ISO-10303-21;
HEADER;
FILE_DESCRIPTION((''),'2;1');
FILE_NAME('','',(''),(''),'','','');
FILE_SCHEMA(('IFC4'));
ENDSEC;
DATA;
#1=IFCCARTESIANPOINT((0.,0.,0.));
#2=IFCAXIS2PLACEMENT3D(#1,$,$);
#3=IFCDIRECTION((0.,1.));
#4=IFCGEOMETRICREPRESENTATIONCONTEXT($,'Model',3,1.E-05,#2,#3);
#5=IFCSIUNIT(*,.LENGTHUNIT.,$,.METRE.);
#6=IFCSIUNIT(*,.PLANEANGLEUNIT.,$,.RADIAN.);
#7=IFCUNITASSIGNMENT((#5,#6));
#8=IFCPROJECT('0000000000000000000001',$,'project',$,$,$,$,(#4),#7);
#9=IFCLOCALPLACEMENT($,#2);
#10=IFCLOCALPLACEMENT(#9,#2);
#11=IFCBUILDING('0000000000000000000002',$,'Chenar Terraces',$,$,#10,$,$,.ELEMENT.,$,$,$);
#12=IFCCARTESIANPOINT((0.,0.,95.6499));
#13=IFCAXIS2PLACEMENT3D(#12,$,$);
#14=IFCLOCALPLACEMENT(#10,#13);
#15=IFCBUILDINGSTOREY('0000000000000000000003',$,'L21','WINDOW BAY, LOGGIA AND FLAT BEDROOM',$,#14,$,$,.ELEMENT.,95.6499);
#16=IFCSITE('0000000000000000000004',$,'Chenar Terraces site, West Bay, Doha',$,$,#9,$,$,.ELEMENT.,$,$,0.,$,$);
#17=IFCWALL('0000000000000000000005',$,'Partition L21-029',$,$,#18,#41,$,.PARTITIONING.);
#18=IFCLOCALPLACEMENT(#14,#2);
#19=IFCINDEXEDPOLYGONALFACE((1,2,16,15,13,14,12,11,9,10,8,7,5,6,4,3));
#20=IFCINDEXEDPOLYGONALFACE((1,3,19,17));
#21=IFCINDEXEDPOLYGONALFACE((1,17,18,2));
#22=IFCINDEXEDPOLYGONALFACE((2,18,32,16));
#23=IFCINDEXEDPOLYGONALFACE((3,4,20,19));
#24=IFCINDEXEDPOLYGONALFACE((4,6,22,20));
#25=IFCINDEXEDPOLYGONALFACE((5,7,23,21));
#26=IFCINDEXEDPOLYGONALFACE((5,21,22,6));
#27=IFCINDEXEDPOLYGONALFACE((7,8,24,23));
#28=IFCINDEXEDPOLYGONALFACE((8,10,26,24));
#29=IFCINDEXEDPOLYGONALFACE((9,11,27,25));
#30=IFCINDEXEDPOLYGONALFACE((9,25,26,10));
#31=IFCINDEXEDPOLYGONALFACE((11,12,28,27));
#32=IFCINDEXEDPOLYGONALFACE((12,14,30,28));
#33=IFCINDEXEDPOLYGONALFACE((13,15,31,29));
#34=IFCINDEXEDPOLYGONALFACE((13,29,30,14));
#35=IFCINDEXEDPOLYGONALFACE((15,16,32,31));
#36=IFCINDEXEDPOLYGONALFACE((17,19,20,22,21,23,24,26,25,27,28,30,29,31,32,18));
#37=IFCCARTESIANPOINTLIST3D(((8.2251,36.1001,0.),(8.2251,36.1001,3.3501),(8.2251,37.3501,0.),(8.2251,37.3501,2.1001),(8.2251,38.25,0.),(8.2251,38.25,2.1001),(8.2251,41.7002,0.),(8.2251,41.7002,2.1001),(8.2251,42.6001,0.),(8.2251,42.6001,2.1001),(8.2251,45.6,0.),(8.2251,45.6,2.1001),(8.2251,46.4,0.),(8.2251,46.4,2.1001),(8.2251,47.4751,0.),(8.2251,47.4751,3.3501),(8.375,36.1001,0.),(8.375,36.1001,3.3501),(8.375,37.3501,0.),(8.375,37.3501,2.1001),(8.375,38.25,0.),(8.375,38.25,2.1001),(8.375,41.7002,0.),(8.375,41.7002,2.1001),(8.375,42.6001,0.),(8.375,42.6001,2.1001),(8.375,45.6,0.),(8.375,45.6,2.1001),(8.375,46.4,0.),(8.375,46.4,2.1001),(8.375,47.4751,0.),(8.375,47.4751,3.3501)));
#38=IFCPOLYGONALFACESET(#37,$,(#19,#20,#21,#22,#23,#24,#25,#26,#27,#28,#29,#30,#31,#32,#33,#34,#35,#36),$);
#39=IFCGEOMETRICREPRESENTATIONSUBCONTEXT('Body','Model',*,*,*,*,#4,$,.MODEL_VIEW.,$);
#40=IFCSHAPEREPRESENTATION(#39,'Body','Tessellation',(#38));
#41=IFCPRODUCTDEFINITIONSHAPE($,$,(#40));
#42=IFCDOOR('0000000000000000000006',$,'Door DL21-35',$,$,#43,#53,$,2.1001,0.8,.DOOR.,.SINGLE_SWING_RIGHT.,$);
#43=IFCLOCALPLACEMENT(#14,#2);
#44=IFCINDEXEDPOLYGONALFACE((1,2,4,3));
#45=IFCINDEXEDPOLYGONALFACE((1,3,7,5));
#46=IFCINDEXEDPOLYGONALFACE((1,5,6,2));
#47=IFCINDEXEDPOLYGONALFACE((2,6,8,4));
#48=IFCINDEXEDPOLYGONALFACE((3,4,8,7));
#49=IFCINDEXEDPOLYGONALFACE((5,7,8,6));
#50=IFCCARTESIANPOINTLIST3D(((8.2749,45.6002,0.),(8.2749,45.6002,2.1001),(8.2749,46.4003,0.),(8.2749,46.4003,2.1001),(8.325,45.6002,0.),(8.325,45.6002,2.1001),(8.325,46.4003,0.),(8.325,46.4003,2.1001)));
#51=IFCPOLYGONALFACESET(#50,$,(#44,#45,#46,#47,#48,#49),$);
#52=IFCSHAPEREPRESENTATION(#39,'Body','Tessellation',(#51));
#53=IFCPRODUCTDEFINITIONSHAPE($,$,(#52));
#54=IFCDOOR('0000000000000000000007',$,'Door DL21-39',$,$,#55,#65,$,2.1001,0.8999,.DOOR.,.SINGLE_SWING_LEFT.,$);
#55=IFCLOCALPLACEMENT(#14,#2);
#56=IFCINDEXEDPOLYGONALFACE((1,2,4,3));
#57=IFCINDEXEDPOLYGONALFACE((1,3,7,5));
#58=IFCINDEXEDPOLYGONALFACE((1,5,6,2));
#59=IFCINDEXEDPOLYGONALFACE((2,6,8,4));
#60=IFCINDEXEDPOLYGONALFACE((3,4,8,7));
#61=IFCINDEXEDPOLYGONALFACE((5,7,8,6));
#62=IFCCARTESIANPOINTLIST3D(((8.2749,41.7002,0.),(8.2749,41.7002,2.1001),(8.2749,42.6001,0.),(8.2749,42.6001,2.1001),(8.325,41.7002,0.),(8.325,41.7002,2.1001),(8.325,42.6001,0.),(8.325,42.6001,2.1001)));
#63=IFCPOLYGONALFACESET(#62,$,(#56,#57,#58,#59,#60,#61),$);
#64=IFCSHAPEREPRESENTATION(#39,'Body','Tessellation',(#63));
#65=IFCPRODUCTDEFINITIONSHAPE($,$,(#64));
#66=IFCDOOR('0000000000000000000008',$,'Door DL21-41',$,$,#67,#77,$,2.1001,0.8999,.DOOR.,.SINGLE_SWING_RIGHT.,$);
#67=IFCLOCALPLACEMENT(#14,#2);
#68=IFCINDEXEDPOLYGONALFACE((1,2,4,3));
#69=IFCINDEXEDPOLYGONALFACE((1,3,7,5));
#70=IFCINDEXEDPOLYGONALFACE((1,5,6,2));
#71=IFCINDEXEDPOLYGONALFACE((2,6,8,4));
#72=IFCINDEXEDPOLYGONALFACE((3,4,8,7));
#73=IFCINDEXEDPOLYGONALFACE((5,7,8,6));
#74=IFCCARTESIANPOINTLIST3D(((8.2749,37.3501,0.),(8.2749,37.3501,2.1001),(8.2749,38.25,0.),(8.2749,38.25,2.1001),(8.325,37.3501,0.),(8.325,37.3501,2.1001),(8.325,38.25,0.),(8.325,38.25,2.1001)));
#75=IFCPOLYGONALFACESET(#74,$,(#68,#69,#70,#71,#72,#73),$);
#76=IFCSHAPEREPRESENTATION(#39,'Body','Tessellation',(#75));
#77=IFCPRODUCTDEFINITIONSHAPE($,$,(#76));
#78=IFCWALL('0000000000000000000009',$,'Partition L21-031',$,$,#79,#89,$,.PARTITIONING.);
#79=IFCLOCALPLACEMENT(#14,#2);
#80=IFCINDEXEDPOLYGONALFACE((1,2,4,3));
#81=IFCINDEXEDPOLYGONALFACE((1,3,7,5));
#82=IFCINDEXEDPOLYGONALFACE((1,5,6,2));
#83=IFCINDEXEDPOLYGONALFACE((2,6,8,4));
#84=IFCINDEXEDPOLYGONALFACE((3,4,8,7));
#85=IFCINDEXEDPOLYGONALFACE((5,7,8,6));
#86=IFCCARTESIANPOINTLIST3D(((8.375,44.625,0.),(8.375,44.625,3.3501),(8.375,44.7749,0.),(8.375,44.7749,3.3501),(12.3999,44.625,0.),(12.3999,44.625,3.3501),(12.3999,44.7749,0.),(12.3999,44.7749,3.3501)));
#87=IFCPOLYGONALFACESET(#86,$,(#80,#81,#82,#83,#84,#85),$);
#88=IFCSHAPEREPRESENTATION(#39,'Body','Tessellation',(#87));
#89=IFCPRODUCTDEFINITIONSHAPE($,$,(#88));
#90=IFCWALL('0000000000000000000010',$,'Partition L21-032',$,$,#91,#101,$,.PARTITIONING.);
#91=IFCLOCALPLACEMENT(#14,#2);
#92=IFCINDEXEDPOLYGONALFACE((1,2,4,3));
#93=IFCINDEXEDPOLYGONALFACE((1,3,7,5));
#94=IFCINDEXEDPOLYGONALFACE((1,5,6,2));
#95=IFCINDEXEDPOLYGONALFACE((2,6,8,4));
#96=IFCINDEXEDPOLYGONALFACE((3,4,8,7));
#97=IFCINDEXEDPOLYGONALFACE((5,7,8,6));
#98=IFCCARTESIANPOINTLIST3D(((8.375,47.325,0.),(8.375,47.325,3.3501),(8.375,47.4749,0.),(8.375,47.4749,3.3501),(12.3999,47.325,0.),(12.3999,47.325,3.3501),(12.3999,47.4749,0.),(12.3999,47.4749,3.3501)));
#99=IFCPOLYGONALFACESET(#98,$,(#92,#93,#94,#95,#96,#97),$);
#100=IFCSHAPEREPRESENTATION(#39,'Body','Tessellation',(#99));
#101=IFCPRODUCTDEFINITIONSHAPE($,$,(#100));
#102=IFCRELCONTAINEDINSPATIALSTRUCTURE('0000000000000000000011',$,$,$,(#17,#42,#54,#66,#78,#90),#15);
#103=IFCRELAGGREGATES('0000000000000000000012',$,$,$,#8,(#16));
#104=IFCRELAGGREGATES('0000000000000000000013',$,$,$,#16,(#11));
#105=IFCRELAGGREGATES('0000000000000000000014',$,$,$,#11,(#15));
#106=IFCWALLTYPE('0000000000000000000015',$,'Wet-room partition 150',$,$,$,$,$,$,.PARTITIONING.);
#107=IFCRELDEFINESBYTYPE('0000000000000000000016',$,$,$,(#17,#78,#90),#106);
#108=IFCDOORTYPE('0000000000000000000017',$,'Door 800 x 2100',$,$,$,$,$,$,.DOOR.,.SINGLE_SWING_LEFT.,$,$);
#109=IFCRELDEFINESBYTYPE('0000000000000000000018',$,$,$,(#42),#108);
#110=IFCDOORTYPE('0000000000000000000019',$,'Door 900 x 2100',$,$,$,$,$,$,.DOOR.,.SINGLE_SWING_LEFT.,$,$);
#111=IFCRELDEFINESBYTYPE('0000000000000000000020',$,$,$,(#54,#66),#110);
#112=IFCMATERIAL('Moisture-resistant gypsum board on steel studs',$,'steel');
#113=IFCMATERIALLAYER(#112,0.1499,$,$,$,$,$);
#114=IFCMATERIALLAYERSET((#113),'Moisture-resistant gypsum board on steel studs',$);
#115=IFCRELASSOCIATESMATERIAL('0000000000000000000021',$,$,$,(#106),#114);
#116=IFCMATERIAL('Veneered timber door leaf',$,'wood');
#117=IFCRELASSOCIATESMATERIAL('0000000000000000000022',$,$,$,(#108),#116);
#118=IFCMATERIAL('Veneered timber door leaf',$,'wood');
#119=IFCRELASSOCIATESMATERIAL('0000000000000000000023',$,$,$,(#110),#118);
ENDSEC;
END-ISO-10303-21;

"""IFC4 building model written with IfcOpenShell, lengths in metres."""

from ifc_helpers import new_model, si_unit, direction, frame, frame_2d, origin, place, context, subcontext, project, spatial, rectangle, extrude, material, layer, layer_set, type_object, element, fill, save


model = new_model("IFC4")

# Units and contexts
model_context = context("Model", 3, precision=1e-05, world=origin(), true_north=direction((0.0, 1.0)))
body_context = subcontext(model_context, "Body", "Model", "MODEL_VIEW")
ifc_project = project(units=[si_unit("LENGTHUNIT", "METRE"), si_unit("PLANEANGLEUNIT", "RADIAN")], contexts=[model_context])

# Site, building, storey
site_placement = place(None, origin())
site = spatial("IfcSite", under=ifc_project, at=site_placement, Name="Chenar Terraces site, West Bay, Doha", CompositionType="ELEMENT", RefElevation=0.0)
building_placement = place(site_placement, origin())
building = spatial("IfcBuilding", under=site, at=building_placement, Name="Chenar Terraces", CompositionType="ELEMENT")
storey_placement = place(building_placement, frame((0.0, 0.0, 95.6499)))
storey = spatial("IfcBuildingStorey", under=building, at=storey_placement, Name="L21", Description="WINDOW BAY, LOGGIA AND FLAT BEDROOM", CompositionType="ELEMENT", Elevation=95.6499)

# Shared definitions
ifc_material_1 = material(Name="Moisture-resistant gypsum board on steel studs", Category="steel")
ifc_layer_1 = layer(ifc_material_1, 0.1499)
ifc_layer_set_1 = layer_set([ifc_layer_1], Name="Moisture-resistant gypsum board on steel studs")
wall_type_1 = type_object("IfcWallType", Name="Wet-room partition 150", PredefinedType="PARTITIONING", material=ifc_layer_set_1)

# Shared definitions
ifc_material_2 = material(Name="Veneered timber door leaf", Category="wood")
door_type_1 = type_object("IfcDoorType", Name="Door 800 x 2100", OperationType="SINGLE_SWING_LEFT", PredefinedType="DOOR", material=ifc_material_2)

# Wall, openings, doors
ifc_material_3 = material(Name="Veneered timber door leaf", Category="wood")
door_type_2 = type_object("IfcDoorType", Name="Door 900 x 2100", OperationType="SINGLE_SWING_LEFT", PredefinedType="DOOR", material=ifc_material_3)
wall_1_placement = place(storey_placement, frame((8.3, 36.1001, 0.0), z_axis=(0.0, 0.0, 1.0), x_axis=(0.0, 1.0, 0.0)))
wall_1 = element("IfcWall", 1, at=wall_1_placement, inside=storey, type_object=wall_type_1, Name="Partition L21-029", PredefinedType="PARTITIONING", context=body_context, shape_type="SweptSolid", body=[
    extrude(rectangle(XDim=11.375, YDim=0.1499, at=frame_2d((5.6875, 0.0))), origin(), (0.0, 0.0, 1.0), 3.3501),
])
opening_1_placement = place(wall_1_placement, frame((9.5, 0.0, 0.0)))
opening_1 = element("IfcOpeningElement", 2, at=opening_1_placement, cuts=wall_1, PredefinedType="OPENING", context=body_context, shape_type="SweptSolid", body=[
    extrude(rectangle(XDim=0.8, YDim=2.1001, at=frame_2d((0.3999, 1.05))), frame((0.0, 0.085, 0.0), z_axis=(0.0, -1.0, 0.0), x_axis=(1.0, 0.0, 0.0)), (0.0, 0.0, 1.0), 0.1699),
])
opening_2_placement = place(wall_1_placement, frame((5.6001, 0.0, 0.0)))
opening_2 = element("IfcOpeningElement", 3, at=opening_2_placement, cuts=wall_1, PredefinedType="OPENING", context=body_context, shape_type="SweptSolid", body=[
    extrude(rectangle(XDim=0.8999, YDim=2.1001, at=frame_2d((0.45, 1.05))), frame((0.0, 0.085, 0.0), z_axis=(0.0, -1.0, 0.0), x_axis=(1.0, 0.0, 0.0)), (0.0, 0.0, 1.0), 0.1699),
])
opening_3_placement = place(wall_1_placement, frame((1.25, 0.0, 0.0)))
opening_3 = element("IfcOpeningElement", 4, at=opening_3_placement, cuts=wall_1, PredefinedType="OPENING", context=body_context, shape_type="SweptSolid", body=[
    extrude(rectangle(XDim=0.8999, YDim=2.1001, at=frame_2d((0.45, 1.05))), frame((0.0, 0.085, 0.0), z_axis=(0.0, -1.0, 0.0), x_axis=(1.0, 0.0, 0.0)), (0.0, 0.0, 1.0), 0.1699),
])
door_1_placement = place(opening_1_placement, frame((0.8, 0.0, 0.0), z_axis=(0.0, 0.0, 1.0), x_axis=(-1.0, 0.0, 0.0)))
door_1 = element("IfcDoor", 5, at=door_1_placement, inside=storey, type_object=door_type_1, Name="Door DL21-35", OperationType="SINGLE_SWING_RIGHT", OverallHeight=2.1001, OverallWidth=0.8, PredefinedType="DOOR", context=body_context, shape_type="SweptSolid", body=[
    extrude(rectangle(XDim=0.8, YDim=2.1001, at=frame_2d((0.3999, 1.05))), frame((0.0, 0.0249, 0.0), z_axis=(0.0, -1.0, 0.0), x_axis=(1.0, 0.0, 0.0)), (0.0, 0.0, 1.0), 0.05),
])
fill(opening_1, door_1)
door_2_placement = place(opening_2_placement, frame((0.8999, 0.0, 0.0), z_axis=(0.0, 0.0, 1.0), x_axis=(-1.0, 0.0, 0.0)))
door_2 = element("IfcDoor", 6, at=door_2_placement, inside=storey, type_object=door_type_2, Name="Door DL21-39", OperationType="SINGLE_SWING_LEFT", OverallHeight=2.1001, OverallWidth=0.8999, PredefinedType="DOOR", context=body_context, shape_type="SweptSolid", body=[
    extrude(rectangle(XDim=0.8999, YDim=2.1001, at=frame_2d((0.45, 1.05))), frame((0.0, 0.0249, 0.0), z_axis=(0.0, -1.0, 0.0), x_axis=(1.0, 0.0, 0.0)), (0.0, 0.0, 1.0), 0.05),
])
fill(opening_2, door_2)
door_3_placement = place(opening_3_placement, frame((0.8999, 0.0, 0.0), z_axis=(0.0, 0.0, 1.0), x_axis=(-1.0, 0.0, 0.0)))
door_3 = element("IfcDoor", 7, at=door_3_placement, inside=storey, type_object=door_type_2, Name="Door DL21-41", OperationType="SINGLE_SWING_RIGHT", OverallHeight=2.1001, OverallWidth=0.8999, PredefinedType="DOOR", context=body_context, shape_type="SweptSolid", body=[
    extrude(rectangle(XDim=0.8999, YDim=2.1001, at=frame_2d((0.45, 1.05))), frame((0.0, 0.0249, 0.0), z_axis=(0.0, -1.0, 0.0), x_axis=(1.0, 0.0, 0.0)), (0.0, 0.0, 1.0), 0.05),
])
fill(opening_3, door_3)

# Walls
for number, where, z_axis, x_axis, name in (
    (8, (8.375, 44.7, 0.0), (0.0, 0.0, 1.0), (1.0, 0.0, 0.0), "Partition L21-031"),
    (9, (8.375, 47.3999, 0.0), (0.0, 0.0, 1.0), (1.0, 0.0, 0.0), "Partition L21-032"),
):
    element("IfcWall", number, at=place(storey_placement, frame(where, z_axis=z_axis, x_axis=x_axis)), inside=storey, type_object=wall_type_1, Name=name, PredefinedType="PARTITIONING", context=body_context, shape_type="SweptSolid", body=[
        extrude(rectangle(XDim=4.0249, YDim=0.1499, at=frame_2d((2.0125, 0.0))), origin(), (0.0, 0.0, 1.0), 3.3501),
    ])

save(model, "model.ifc")
